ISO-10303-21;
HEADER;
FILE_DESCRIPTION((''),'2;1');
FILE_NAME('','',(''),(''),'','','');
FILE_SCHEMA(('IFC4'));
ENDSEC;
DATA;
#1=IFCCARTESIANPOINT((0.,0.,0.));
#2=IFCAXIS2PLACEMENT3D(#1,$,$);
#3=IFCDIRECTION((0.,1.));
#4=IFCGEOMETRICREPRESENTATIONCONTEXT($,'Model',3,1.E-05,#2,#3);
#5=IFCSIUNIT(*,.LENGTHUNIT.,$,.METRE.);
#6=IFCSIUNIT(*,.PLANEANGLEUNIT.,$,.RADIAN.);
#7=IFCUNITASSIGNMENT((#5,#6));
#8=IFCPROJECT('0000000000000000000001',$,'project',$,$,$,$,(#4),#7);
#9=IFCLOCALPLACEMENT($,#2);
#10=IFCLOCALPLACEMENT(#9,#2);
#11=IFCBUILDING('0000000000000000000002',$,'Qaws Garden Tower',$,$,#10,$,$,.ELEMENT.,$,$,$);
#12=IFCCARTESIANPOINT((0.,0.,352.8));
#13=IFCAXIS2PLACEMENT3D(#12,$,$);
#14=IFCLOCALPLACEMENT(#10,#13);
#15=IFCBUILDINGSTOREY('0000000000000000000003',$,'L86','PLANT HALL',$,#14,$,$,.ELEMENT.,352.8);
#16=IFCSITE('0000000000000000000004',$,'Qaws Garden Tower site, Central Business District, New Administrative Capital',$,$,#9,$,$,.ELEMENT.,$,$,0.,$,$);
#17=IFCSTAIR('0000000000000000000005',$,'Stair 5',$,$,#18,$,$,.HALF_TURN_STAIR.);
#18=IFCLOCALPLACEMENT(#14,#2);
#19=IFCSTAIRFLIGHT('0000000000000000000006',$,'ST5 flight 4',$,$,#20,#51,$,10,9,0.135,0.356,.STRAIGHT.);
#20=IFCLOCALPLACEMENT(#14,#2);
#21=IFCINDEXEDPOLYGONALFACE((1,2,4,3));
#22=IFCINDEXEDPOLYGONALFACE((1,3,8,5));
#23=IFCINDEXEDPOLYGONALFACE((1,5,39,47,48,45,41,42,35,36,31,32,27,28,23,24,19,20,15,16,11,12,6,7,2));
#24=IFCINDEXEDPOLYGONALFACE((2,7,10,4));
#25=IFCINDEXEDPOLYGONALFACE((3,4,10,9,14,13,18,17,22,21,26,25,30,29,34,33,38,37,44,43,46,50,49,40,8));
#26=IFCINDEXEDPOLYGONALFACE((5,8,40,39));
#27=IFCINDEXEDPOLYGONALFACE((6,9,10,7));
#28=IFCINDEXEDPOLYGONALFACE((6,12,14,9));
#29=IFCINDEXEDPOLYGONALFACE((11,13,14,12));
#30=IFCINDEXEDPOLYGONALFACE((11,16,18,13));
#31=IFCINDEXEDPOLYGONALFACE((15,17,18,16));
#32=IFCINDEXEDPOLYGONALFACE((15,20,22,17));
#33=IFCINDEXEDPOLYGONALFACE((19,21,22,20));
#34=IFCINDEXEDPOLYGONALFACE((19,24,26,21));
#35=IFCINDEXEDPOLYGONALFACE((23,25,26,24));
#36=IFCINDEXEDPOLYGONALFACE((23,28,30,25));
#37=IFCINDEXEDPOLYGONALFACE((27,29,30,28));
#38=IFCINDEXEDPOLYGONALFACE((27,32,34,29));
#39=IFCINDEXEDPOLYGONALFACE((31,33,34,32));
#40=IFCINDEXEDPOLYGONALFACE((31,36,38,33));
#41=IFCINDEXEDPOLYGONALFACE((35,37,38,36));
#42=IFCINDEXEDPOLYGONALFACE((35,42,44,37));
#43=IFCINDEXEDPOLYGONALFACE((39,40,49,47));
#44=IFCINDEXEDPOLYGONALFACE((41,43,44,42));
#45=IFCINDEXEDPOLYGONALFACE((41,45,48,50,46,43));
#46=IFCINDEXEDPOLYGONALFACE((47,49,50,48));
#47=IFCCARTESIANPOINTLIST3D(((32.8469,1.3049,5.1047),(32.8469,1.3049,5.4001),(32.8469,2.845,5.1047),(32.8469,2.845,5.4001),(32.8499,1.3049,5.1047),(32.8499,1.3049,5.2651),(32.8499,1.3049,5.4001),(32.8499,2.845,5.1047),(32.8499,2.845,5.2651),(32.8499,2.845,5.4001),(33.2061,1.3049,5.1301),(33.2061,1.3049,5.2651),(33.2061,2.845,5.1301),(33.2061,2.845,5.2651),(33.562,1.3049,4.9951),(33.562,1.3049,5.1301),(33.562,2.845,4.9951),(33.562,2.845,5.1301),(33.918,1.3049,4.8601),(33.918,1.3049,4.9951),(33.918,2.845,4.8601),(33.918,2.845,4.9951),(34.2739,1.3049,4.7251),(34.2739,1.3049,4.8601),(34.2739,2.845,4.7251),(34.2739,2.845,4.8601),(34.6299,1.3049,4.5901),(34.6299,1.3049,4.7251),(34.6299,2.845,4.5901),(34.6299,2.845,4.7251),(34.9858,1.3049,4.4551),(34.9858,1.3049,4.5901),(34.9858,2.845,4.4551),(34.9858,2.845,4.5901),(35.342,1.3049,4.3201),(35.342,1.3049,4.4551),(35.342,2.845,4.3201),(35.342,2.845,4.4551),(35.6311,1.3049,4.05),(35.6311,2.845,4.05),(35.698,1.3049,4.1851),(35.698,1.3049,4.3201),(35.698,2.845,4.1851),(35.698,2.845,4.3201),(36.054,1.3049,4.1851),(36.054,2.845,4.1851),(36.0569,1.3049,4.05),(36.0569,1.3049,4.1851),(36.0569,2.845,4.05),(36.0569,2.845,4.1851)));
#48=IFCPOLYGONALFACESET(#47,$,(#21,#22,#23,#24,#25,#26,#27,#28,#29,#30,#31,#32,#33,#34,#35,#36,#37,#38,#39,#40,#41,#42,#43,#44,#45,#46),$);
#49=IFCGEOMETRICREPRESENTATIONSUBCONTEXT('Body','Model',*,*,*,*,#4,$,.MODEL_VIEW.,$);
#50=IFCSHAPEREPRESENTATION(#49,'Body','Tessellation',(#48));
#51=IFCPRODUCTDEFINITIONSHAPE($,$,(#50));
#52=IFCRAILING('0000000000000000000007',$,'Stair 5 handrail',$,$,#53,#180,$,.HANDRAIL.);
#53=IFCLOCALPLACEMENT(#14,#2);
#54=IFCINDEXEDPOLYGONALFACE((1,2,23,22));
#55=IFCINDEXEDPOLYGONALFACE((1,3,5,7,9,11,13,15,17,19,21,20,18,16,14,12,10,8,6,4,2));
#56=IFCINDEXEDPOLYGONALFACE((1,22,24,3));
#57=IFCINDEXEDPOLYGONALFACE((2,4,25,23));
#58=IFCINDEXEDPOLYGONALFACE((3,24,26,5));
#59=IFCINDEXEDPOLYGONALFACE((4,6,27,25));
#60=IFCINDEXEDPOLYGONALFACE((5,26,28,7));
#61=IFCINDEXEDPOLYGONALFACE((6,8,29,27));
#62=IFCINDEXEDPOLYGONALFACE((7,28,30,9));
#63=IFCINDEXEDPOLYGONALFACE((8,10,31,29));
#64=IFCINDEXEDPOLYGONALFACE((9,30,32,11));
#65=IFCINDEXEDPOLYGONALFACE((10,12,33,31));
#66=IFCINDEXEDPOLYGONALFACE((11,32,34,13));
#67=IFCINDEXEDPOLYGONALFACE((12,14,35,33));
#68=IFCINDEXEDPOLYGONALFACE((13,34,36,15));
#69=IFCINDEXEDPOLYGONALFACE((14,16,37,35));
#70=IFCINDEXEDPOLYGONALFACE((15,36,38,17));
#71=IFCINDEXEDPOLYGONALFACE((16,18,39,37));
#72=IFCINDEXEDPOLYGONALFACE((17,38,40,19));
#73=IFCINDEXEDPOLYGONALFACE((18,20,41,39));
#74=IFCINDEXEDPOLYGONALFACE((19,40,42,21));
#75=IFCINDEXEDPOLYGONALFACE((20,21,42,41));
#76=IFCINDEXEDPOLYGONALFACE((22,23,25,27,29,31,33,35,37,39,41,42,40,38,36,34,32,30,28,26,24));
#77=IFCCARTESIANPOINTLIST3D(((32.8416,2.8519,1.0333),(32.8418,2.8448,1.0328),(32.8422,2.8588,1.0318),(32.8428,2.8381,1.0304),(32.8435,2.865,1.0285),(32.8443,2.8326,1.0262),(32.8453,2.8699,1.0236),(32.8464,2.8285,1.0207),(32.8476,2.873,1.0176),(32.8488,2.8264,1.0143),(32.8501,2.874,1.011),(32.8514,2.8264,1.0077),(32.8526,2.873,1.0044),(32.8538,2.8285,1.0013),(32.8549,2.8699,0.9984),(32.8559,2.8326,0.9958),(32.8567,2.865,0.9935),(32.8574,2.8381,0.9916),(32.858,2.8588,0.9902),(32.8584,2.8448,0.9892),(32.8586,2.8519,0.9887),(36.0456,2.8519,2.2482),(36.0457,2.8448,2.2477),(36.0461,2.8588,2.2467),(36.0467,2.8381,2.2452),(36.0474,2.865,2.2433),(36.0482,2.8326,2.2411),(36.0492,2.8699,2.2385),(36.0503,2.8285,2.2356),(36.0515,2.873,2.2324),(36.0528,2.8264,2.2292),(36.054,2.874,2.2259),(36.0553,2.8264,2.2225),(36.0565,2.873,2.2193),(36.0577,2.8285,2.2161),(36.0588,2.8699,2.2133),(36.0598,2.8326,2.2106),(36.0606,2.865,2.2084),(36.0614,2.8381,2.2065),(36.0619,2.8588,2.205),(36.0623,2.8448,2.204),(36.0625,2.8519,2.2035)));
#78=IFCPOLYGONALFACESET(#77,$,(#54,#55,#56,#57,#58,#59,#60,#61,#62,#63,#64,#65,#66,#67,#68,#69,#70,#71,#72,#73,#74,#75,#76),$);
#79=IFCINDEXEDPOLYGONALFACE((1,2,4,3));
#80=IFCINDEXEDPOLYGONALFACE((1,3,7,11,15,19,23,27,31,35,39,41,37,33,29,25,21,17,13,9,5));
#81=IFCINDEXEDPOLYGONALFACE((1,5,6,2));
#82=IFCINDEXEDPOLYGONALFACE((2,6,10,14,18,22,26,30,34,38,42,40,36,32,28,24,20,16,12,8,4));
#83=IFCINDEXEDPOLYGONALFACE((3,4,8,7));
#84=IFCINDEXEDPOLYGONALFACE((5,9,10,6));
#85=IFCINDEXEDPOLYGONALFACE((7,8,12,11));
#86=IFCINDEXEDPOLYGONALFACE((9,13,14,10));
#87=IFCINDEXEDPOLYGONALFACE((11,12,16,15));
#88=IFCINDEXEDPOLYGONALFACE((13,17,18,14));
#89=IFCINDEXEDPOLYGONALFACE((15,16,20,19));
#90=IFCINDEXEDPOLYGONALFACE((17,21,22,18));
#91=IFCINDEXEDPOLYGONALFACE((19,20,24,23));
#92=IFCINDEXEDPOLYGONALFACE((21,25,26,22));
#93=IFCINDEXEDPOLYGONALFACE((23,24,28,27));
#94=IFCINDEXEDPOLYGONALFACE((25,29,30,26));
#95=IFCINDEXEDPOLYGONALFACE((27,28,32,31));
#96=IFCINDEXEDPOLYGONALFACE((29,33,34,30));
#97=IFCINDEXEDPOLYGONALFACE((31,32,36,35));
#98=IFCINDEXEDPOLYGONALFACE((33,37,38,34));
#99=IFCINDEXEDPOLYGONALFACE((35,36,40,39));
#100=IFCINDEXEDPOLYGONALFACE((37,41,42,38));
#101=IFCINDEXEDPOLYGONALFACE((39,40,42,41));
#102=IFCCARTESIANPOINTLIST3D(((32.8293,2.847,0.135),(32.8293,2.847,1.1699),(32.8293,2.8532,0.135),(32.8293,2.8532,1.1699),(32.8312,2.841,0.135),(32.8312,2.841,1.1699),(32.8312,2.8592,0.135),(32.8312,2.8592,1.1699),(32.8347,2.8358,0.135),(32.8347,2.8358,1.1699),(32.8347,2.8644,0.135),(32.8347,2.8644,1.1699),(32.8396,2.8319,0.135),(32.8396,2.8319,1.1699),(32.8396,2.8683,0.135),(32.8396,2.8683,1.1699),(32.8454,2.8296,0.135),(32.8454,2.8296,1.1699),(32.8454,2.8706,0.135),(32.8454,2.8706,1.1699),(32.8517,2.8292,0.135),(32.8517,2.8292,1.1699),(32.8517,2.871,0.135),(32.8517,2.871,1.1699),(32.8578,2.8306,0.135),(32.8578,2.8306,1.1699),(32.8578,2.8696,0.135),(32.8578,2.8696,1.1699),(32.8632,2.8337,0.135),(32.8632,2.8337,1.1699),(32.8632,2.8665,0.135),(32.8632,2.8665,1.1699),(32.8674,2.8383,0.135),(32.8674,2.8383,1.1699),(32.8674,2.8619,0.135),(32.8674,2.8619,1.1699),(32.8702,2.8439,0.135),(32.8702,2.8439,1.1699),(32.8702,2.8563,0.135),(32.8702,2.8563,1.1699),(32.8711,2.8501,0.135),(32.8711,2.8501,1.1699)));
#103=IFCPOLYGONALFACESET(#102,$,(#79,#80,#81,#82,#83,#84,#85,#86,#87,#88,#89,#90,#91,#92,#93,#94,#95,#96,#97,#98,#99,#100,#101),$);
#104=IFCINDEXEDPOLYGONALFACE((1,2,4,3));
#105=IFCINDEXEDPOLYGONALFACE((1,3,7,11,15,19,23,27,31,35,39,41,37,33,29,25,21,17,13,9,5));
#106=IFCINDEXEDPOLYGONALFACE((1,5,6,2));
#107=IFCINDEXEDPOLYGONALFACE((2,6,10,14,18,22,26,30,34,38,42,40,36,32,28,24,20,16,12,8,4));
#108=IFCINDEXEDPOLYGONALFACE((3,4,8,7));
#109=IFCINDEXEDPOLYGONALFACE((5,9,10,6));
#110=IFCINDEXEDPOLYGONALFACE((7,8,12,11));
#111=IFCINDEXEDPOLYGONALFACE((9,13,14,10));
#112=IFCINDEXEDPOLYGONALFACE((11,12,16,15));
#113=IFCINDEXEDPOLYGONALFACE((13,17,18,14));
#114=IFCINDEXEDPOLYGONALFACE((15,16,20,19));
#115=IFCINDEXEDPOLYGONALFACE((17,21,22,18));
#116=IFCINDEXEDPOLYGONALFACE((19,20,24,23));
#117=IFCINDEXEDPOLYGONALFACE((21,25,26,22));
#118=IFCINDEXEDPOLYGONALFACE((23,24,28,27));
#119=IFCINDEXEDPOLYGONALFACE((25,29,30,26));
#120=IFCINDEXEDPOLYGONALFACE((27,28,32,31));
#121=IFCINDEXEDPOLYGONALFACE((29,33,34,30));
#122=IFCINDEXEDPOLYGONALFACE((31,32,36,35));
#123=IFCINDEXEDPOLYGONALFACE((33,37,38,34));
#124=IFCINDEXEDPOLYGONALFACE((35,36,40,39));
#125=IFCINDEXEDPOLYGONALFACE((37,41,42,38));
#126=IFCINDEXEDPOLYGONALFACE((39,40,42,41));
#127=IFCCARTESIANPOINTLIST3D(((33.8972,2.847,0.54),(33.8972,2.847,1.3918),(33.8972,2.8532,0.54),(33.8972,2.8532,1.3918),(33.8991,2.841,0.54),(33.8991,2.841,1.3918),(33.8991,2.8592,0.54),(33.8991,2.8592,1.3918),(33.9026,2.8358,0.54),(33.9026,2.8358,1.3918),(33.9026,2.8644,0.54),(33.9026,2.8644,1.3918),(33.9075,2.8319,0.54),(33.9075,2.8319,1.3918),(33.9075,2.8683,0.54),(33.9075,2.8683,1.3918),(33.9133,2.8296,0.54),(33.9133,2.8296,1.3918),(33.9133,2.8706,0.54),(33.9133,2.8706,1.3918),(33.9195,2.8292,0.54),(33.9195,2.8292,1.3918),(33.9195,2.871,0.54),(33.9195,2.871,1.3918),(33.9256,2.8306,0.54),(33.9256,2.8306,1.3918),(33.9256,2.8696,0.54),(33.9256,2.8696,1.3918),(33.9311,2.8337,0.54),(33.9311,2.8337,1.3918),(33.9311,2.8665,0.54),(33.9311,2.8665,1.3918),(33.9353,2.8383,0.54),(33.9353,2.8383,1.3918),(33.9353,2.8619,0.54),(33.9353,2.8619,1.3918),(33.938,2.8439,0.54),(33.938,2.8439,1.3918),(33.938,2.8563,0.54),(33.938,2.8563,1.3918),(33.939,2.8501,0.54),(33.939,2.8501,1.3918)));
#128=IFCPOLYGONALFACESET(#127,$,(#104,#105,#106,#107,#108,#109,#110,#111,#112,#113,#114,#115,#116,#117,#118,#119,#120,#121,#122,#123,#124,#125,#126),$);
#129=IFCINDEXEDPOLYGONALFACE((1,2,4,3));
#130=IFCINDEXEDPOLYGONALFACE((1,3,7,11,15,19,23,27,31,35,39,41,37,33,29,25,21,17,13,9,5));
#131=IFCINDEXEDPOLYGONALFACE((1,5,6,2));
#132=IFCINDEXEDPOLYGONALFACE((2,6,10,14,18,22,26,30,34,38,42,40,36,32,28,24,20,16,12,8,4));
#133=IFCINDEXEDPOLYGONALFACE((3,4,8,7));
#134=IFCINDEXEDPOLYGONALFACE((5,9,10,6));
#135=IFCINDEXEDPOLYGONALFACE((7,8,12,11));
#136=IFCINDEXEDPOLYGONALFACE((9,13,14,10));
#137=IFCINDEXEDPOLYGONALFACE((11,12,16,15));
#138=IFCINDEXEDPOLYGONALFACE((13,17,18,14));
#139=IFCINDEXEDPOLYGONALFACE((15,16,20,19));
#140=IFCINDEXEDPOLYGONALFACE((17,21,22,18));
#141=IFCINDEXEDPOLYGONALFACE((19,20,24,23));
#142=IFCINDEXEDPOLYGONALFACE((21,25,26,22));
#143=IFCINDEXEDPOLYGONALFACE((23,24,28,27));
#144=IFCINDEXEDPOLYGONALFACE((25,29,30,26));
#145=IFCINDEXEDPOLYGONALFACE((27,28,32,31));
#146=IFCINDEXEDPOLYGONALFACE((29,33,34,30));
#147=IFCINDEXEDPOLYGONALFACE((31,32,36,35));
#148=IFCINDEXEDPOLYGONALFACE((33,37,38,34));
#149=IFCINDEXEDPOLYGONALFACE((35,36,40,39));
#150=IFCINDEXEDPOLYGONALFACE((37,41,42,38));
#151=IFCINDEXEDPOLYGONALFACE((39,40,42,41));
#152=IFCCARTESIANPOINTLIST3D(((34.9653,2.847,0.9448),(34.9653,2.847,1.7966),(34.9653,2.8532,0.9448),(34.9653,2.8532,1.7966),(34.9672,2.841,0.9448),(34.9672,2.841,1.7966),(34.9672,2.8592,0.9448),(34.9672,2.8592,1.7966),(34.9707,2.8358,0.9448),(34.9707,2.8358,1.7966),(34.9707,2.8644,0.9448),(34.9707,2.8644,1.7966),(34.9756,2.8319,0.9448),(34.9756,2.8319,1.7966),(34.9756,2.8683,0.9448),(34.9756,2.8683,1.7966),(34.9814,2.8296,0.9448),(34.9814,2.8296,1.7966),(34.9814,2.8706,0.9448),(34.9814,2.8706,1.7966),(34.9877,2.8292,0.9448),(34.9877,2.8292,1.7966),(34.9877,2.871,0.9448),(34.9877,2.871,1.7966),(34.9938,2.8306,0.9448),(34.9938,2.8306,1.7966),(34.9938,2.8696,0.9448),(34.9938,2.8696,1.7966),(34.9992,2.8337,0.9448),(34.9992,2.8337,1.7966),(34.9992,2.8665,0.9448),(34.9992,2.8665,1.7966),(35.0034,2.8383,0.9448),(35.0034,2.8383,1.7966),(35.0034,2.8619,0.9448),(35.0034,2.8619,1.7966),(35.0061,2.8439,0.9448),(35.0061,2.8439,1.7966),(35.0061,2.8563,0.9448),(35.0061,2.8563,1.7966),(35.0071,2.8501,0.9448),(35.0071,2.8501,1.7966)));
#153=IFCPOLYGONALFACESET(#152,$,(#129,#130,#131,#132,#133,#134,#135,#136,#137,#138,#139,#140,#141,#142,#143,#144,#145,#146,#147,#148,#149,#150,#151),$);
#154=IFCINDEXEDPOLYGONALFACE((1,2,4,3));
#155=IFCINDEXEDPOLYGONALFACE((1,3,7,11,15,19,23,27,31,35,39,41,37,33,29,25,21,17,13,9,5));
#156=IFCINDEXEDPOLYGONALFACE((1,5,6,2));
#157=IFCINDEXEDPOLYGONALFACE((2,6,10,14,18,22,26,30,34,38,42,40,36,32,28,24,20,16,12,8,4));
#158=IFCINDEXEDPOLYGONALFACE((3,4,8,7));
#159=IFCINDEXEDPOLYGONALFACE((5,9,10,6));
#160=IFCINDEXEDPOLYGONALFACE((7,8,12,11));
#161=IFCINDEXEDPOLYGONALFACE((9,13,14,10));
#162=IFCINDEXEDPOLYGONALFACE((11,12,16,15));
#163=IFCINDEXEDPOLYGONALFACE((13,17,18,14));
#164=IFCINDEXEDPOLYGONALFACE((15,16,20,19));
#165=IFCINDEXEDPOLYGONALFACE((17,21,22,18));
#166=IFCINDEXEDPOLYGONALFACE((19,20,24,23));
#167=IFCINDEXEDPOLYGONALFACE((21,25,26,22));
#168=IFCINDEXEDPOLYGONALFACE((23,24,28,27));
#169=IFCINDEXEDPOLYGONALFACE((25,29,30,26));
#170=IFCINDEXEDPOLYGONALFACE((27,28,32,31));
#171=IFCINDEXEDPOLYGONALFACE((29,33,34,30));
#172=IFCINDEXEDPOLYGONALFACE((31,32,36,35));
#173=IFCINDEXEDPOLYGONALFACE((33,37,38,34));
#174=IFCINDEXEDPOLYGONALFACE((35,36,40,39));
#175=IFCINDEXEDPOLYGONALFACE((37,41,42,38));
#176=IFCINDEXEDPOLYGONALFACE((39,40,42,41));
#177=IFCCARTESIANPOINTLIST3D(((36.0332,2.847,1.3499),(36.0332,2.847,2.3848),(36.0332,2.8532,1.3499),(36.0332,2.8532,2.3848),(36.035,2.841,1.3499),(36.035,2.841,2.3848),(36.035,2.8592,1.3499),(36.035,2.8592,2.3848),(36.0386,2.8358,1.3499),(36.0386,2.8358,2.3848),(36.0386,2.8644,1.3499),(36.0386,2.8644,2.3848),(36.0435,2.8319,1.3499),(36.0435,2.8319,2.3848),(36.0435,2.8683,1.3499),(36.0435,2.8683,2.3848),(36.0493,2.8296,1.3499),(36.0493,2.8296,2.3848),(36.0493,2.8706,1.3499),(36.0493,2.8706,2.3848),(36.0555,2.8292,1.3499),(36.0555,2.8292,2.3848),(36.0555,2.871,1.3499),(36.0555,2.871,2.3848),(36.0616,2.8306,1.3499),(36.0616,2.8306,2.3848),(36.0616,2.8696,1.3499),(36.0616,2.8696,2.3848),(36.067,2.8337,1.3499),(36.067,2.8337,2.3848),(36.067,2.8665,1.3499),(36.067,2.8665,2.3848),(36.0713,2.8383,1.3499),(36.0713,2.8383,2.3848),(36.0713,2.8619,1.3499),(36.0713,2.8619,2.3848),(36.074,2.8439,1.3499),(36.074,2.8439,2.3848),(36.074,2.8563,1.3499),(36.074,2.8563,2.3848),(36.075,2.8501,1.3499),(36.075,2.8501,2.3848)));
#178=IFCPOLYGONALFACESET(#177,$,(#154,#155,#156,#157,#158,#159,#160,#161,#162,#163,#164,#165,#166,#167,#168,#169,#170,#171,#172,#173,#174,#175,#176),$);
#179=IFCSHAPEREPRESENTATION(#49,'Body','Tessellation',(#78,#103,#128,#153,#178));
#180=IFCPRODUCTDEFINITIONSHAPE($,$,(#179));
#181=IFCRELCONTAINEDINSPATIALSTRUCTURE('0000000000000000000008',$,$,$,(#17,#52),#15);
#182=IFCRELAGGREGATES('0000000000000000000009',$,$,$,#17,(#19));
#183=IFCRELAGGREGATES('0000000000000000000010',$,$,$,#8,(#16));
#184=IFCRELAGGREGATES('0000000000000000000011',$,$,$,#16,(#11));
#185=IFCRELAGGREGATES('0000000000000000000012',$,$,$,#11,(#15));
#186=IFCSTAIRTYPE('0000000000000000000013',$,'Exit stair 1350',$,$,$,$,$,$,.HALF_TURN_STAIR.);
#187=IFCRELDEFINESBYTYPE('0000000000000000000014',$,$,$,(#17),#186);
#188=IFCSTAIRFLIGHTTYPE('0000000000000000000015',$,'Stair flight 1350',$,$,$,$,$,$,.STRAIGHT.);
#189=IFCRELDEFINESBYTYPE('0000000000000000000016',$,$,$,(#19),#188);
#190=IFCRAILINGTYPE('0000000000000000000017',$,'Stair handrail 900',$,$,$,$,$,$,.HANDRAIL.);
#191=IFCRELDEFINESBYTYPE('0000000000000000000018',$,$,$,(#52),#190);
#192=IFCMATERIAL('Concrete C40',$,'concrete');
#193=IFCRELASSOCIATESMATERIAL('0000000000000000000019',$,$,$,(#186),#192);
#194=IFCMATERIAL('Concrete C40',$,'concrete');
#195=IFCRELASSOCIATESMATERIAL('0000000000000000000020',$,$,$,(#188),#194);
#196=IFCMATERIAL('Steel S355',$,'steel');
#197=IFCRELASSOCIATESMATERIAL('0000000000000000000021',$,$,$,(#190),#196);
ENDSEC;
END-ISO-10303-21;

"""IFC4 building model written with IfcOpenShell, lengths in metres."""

from ifc_helpers import new_model, si_unit, direction, frame, origin, origin_2d, place, context, subcontext, project, spatial, polyline, circle, outline, extrude, material, type_object, element, aggregate, save


model = new_model("IFC4")

# Units and contexts
model_context = context("Model", 3, precision=1e-05, world=origin(), true_north=direction((0.0, 1.0)))
body_context = subcontext(model_context, "Body", "Model", "MODEL_VIEW")
ifc_project = project(units=[si_unit("LENGTHUNIT", "METRE"), si_unit("PLANEANGLEUNIT", "RADIAN")], contexts=[model_context])

# Site, building, storey
site_placement = place(None, origin())
site = spatial("IfcSite", under=ifc_project, at=site_placement, Name="Qaws Garden Tower site, Central Business District, New Administrative Capital", CompositionType="ELEMENT", RefElevation=0.0)
building_placement = place(site_placement, origin())
building = spatial("IfcBuilding", under=site, at=building_placement, Name="Qaws Garden Tower", CompositionType="ELEMENT")
storey_placement = place(building_placement, frame((0.0, 0.0, 352.8)))
storey = spatial("IfcBuildingStorey", under=building, at=storey_placement, Name="L86", Description="PLANT HALL", CompositionType="ELEMENT", Elevation=352.8)

# Shared definitions
placement = place(storey_placement, origin())

# Stair, stair flight
ifc_material_1 = material(Name="Concrete C40", Category="concrete")
stair_type = type_object("IfcStairType", Name="Exit stair 1350", PredefinedType="HALF_TURN_STAIR", material=ifc_material_1)
stair = element("IfcStair", 1, at=placement, inside=storey, type_object=stair_type, Name="Stair 5", PredefinedType="HALF_TURN_STAIR")
ifc_material_2 = material(Name="Concrete C40", Category="concrete")
stair_flight_type = type_object("IfcStairFlightType", Name="Stair flight 1350", PredefinedType="STRAIGHT", material=ifc_material_2)
stair_flight_1_placement = place(storey_placement, frame((36.054, 2.075, 4.05), z_axis=(0.0, 0.0, 1.0), x_axis=(-1.0, 0.0, 0.0)))
stair_flight_1 = element("IfcStairFlight", 2, at=stair_flight_1_placement, type_object=stair_flight_type, Name="ST5 flight 4", NumberOfRisers=10, NumberOfTreads=9, PredefinedType="STRAIGHT", RiserHeight=0.135, TreadLength=0.356, context=body_context, shape_type="SweptSolid", body=[
    extrude(outline(polyline([(-0.0029, 0.0), (-0.0029, 0.135), (0.0, 0.135), (0.356, 0.135), (0.356, 0.27), (0.7119, 0.27), (0.7119, 0.405), (1.0681, 0.405), (1.0681, 0.54), (1.4241, 0.54), (1.4241, 0.675), (1.78, 0.675), (1.78, 0.8101), (2.136, 0.8101), (2.136, 0.9451), (2.4919, 0.9451), (2.4919, 1.0801), (2.8479, 1.0801), (2.8479, 1.2151), (3.2041, 1.2151), (3.2041, 1.3501), (3.207, 1.3501), (3.207, 1.0547), (3.2041, 1.0547), (0.4229, 0.0), (-0.0029, 0.0)])), frame((0.0, 0.77, 0.0), z_axis=(0.0, -1.0, 0.0), x_axis=(1.0, 0.0, 0.0)), (0.0, 0.0, 1.0), 1.54),
])
aggregate(stair, [stair_flight_1])

# Railing
ifc_material_3 = material(Name="Steel S355", Category="steel")
railing_type = type_object("IfcRailingType", Name="Stair handrail 900", PredefinedType="HANDRAIL", material=ifc_material_3)
railing_1_placement = place(storey_placement, frame((32.8501, 2.8501, 0.135)))
element("IfcRailing", 3, at=railing_1_placement, inside=storey, type_object=railing_type, Name="Stair 5 handrail", PredefinedType="HANDRAIL", context=body_context, shape_type="SweptSolid", body=[
    extrude(circle(Radius=0.0239, at=origin_2d()), frame((0.0, 0.0, 0.876), z_axis=(0.935037, 0.0, 0.354549), x_axis=(0.0, 1.0, 0.0)), (0.0, 0.0, 1.0), 3.4265),
    extrude(circle(Radius=0.021, at=origin_2d()), origin(), (0.0, 0.0, 1.0), 1.0349),
    extrude(circle(Radius=0.021, at=origin_2d()), frame((1.0679, 0.0, 0.405)), (0.0, 0.0, 1.0), 0.8518),
    extrude(circle(Radius=0.021, at=origin_2d()), frame((2.136, 0.0, 0.8098)), (0.0, 0.0, 1.0), 0.8518),
    extrude(circle(Radius=0.021, at=origin_2d()), frame((3.2039, 0.0, 1.2148)), (0.0, 0.0, 1.0), 1.0349),
])

save(model, "model.ifc")
